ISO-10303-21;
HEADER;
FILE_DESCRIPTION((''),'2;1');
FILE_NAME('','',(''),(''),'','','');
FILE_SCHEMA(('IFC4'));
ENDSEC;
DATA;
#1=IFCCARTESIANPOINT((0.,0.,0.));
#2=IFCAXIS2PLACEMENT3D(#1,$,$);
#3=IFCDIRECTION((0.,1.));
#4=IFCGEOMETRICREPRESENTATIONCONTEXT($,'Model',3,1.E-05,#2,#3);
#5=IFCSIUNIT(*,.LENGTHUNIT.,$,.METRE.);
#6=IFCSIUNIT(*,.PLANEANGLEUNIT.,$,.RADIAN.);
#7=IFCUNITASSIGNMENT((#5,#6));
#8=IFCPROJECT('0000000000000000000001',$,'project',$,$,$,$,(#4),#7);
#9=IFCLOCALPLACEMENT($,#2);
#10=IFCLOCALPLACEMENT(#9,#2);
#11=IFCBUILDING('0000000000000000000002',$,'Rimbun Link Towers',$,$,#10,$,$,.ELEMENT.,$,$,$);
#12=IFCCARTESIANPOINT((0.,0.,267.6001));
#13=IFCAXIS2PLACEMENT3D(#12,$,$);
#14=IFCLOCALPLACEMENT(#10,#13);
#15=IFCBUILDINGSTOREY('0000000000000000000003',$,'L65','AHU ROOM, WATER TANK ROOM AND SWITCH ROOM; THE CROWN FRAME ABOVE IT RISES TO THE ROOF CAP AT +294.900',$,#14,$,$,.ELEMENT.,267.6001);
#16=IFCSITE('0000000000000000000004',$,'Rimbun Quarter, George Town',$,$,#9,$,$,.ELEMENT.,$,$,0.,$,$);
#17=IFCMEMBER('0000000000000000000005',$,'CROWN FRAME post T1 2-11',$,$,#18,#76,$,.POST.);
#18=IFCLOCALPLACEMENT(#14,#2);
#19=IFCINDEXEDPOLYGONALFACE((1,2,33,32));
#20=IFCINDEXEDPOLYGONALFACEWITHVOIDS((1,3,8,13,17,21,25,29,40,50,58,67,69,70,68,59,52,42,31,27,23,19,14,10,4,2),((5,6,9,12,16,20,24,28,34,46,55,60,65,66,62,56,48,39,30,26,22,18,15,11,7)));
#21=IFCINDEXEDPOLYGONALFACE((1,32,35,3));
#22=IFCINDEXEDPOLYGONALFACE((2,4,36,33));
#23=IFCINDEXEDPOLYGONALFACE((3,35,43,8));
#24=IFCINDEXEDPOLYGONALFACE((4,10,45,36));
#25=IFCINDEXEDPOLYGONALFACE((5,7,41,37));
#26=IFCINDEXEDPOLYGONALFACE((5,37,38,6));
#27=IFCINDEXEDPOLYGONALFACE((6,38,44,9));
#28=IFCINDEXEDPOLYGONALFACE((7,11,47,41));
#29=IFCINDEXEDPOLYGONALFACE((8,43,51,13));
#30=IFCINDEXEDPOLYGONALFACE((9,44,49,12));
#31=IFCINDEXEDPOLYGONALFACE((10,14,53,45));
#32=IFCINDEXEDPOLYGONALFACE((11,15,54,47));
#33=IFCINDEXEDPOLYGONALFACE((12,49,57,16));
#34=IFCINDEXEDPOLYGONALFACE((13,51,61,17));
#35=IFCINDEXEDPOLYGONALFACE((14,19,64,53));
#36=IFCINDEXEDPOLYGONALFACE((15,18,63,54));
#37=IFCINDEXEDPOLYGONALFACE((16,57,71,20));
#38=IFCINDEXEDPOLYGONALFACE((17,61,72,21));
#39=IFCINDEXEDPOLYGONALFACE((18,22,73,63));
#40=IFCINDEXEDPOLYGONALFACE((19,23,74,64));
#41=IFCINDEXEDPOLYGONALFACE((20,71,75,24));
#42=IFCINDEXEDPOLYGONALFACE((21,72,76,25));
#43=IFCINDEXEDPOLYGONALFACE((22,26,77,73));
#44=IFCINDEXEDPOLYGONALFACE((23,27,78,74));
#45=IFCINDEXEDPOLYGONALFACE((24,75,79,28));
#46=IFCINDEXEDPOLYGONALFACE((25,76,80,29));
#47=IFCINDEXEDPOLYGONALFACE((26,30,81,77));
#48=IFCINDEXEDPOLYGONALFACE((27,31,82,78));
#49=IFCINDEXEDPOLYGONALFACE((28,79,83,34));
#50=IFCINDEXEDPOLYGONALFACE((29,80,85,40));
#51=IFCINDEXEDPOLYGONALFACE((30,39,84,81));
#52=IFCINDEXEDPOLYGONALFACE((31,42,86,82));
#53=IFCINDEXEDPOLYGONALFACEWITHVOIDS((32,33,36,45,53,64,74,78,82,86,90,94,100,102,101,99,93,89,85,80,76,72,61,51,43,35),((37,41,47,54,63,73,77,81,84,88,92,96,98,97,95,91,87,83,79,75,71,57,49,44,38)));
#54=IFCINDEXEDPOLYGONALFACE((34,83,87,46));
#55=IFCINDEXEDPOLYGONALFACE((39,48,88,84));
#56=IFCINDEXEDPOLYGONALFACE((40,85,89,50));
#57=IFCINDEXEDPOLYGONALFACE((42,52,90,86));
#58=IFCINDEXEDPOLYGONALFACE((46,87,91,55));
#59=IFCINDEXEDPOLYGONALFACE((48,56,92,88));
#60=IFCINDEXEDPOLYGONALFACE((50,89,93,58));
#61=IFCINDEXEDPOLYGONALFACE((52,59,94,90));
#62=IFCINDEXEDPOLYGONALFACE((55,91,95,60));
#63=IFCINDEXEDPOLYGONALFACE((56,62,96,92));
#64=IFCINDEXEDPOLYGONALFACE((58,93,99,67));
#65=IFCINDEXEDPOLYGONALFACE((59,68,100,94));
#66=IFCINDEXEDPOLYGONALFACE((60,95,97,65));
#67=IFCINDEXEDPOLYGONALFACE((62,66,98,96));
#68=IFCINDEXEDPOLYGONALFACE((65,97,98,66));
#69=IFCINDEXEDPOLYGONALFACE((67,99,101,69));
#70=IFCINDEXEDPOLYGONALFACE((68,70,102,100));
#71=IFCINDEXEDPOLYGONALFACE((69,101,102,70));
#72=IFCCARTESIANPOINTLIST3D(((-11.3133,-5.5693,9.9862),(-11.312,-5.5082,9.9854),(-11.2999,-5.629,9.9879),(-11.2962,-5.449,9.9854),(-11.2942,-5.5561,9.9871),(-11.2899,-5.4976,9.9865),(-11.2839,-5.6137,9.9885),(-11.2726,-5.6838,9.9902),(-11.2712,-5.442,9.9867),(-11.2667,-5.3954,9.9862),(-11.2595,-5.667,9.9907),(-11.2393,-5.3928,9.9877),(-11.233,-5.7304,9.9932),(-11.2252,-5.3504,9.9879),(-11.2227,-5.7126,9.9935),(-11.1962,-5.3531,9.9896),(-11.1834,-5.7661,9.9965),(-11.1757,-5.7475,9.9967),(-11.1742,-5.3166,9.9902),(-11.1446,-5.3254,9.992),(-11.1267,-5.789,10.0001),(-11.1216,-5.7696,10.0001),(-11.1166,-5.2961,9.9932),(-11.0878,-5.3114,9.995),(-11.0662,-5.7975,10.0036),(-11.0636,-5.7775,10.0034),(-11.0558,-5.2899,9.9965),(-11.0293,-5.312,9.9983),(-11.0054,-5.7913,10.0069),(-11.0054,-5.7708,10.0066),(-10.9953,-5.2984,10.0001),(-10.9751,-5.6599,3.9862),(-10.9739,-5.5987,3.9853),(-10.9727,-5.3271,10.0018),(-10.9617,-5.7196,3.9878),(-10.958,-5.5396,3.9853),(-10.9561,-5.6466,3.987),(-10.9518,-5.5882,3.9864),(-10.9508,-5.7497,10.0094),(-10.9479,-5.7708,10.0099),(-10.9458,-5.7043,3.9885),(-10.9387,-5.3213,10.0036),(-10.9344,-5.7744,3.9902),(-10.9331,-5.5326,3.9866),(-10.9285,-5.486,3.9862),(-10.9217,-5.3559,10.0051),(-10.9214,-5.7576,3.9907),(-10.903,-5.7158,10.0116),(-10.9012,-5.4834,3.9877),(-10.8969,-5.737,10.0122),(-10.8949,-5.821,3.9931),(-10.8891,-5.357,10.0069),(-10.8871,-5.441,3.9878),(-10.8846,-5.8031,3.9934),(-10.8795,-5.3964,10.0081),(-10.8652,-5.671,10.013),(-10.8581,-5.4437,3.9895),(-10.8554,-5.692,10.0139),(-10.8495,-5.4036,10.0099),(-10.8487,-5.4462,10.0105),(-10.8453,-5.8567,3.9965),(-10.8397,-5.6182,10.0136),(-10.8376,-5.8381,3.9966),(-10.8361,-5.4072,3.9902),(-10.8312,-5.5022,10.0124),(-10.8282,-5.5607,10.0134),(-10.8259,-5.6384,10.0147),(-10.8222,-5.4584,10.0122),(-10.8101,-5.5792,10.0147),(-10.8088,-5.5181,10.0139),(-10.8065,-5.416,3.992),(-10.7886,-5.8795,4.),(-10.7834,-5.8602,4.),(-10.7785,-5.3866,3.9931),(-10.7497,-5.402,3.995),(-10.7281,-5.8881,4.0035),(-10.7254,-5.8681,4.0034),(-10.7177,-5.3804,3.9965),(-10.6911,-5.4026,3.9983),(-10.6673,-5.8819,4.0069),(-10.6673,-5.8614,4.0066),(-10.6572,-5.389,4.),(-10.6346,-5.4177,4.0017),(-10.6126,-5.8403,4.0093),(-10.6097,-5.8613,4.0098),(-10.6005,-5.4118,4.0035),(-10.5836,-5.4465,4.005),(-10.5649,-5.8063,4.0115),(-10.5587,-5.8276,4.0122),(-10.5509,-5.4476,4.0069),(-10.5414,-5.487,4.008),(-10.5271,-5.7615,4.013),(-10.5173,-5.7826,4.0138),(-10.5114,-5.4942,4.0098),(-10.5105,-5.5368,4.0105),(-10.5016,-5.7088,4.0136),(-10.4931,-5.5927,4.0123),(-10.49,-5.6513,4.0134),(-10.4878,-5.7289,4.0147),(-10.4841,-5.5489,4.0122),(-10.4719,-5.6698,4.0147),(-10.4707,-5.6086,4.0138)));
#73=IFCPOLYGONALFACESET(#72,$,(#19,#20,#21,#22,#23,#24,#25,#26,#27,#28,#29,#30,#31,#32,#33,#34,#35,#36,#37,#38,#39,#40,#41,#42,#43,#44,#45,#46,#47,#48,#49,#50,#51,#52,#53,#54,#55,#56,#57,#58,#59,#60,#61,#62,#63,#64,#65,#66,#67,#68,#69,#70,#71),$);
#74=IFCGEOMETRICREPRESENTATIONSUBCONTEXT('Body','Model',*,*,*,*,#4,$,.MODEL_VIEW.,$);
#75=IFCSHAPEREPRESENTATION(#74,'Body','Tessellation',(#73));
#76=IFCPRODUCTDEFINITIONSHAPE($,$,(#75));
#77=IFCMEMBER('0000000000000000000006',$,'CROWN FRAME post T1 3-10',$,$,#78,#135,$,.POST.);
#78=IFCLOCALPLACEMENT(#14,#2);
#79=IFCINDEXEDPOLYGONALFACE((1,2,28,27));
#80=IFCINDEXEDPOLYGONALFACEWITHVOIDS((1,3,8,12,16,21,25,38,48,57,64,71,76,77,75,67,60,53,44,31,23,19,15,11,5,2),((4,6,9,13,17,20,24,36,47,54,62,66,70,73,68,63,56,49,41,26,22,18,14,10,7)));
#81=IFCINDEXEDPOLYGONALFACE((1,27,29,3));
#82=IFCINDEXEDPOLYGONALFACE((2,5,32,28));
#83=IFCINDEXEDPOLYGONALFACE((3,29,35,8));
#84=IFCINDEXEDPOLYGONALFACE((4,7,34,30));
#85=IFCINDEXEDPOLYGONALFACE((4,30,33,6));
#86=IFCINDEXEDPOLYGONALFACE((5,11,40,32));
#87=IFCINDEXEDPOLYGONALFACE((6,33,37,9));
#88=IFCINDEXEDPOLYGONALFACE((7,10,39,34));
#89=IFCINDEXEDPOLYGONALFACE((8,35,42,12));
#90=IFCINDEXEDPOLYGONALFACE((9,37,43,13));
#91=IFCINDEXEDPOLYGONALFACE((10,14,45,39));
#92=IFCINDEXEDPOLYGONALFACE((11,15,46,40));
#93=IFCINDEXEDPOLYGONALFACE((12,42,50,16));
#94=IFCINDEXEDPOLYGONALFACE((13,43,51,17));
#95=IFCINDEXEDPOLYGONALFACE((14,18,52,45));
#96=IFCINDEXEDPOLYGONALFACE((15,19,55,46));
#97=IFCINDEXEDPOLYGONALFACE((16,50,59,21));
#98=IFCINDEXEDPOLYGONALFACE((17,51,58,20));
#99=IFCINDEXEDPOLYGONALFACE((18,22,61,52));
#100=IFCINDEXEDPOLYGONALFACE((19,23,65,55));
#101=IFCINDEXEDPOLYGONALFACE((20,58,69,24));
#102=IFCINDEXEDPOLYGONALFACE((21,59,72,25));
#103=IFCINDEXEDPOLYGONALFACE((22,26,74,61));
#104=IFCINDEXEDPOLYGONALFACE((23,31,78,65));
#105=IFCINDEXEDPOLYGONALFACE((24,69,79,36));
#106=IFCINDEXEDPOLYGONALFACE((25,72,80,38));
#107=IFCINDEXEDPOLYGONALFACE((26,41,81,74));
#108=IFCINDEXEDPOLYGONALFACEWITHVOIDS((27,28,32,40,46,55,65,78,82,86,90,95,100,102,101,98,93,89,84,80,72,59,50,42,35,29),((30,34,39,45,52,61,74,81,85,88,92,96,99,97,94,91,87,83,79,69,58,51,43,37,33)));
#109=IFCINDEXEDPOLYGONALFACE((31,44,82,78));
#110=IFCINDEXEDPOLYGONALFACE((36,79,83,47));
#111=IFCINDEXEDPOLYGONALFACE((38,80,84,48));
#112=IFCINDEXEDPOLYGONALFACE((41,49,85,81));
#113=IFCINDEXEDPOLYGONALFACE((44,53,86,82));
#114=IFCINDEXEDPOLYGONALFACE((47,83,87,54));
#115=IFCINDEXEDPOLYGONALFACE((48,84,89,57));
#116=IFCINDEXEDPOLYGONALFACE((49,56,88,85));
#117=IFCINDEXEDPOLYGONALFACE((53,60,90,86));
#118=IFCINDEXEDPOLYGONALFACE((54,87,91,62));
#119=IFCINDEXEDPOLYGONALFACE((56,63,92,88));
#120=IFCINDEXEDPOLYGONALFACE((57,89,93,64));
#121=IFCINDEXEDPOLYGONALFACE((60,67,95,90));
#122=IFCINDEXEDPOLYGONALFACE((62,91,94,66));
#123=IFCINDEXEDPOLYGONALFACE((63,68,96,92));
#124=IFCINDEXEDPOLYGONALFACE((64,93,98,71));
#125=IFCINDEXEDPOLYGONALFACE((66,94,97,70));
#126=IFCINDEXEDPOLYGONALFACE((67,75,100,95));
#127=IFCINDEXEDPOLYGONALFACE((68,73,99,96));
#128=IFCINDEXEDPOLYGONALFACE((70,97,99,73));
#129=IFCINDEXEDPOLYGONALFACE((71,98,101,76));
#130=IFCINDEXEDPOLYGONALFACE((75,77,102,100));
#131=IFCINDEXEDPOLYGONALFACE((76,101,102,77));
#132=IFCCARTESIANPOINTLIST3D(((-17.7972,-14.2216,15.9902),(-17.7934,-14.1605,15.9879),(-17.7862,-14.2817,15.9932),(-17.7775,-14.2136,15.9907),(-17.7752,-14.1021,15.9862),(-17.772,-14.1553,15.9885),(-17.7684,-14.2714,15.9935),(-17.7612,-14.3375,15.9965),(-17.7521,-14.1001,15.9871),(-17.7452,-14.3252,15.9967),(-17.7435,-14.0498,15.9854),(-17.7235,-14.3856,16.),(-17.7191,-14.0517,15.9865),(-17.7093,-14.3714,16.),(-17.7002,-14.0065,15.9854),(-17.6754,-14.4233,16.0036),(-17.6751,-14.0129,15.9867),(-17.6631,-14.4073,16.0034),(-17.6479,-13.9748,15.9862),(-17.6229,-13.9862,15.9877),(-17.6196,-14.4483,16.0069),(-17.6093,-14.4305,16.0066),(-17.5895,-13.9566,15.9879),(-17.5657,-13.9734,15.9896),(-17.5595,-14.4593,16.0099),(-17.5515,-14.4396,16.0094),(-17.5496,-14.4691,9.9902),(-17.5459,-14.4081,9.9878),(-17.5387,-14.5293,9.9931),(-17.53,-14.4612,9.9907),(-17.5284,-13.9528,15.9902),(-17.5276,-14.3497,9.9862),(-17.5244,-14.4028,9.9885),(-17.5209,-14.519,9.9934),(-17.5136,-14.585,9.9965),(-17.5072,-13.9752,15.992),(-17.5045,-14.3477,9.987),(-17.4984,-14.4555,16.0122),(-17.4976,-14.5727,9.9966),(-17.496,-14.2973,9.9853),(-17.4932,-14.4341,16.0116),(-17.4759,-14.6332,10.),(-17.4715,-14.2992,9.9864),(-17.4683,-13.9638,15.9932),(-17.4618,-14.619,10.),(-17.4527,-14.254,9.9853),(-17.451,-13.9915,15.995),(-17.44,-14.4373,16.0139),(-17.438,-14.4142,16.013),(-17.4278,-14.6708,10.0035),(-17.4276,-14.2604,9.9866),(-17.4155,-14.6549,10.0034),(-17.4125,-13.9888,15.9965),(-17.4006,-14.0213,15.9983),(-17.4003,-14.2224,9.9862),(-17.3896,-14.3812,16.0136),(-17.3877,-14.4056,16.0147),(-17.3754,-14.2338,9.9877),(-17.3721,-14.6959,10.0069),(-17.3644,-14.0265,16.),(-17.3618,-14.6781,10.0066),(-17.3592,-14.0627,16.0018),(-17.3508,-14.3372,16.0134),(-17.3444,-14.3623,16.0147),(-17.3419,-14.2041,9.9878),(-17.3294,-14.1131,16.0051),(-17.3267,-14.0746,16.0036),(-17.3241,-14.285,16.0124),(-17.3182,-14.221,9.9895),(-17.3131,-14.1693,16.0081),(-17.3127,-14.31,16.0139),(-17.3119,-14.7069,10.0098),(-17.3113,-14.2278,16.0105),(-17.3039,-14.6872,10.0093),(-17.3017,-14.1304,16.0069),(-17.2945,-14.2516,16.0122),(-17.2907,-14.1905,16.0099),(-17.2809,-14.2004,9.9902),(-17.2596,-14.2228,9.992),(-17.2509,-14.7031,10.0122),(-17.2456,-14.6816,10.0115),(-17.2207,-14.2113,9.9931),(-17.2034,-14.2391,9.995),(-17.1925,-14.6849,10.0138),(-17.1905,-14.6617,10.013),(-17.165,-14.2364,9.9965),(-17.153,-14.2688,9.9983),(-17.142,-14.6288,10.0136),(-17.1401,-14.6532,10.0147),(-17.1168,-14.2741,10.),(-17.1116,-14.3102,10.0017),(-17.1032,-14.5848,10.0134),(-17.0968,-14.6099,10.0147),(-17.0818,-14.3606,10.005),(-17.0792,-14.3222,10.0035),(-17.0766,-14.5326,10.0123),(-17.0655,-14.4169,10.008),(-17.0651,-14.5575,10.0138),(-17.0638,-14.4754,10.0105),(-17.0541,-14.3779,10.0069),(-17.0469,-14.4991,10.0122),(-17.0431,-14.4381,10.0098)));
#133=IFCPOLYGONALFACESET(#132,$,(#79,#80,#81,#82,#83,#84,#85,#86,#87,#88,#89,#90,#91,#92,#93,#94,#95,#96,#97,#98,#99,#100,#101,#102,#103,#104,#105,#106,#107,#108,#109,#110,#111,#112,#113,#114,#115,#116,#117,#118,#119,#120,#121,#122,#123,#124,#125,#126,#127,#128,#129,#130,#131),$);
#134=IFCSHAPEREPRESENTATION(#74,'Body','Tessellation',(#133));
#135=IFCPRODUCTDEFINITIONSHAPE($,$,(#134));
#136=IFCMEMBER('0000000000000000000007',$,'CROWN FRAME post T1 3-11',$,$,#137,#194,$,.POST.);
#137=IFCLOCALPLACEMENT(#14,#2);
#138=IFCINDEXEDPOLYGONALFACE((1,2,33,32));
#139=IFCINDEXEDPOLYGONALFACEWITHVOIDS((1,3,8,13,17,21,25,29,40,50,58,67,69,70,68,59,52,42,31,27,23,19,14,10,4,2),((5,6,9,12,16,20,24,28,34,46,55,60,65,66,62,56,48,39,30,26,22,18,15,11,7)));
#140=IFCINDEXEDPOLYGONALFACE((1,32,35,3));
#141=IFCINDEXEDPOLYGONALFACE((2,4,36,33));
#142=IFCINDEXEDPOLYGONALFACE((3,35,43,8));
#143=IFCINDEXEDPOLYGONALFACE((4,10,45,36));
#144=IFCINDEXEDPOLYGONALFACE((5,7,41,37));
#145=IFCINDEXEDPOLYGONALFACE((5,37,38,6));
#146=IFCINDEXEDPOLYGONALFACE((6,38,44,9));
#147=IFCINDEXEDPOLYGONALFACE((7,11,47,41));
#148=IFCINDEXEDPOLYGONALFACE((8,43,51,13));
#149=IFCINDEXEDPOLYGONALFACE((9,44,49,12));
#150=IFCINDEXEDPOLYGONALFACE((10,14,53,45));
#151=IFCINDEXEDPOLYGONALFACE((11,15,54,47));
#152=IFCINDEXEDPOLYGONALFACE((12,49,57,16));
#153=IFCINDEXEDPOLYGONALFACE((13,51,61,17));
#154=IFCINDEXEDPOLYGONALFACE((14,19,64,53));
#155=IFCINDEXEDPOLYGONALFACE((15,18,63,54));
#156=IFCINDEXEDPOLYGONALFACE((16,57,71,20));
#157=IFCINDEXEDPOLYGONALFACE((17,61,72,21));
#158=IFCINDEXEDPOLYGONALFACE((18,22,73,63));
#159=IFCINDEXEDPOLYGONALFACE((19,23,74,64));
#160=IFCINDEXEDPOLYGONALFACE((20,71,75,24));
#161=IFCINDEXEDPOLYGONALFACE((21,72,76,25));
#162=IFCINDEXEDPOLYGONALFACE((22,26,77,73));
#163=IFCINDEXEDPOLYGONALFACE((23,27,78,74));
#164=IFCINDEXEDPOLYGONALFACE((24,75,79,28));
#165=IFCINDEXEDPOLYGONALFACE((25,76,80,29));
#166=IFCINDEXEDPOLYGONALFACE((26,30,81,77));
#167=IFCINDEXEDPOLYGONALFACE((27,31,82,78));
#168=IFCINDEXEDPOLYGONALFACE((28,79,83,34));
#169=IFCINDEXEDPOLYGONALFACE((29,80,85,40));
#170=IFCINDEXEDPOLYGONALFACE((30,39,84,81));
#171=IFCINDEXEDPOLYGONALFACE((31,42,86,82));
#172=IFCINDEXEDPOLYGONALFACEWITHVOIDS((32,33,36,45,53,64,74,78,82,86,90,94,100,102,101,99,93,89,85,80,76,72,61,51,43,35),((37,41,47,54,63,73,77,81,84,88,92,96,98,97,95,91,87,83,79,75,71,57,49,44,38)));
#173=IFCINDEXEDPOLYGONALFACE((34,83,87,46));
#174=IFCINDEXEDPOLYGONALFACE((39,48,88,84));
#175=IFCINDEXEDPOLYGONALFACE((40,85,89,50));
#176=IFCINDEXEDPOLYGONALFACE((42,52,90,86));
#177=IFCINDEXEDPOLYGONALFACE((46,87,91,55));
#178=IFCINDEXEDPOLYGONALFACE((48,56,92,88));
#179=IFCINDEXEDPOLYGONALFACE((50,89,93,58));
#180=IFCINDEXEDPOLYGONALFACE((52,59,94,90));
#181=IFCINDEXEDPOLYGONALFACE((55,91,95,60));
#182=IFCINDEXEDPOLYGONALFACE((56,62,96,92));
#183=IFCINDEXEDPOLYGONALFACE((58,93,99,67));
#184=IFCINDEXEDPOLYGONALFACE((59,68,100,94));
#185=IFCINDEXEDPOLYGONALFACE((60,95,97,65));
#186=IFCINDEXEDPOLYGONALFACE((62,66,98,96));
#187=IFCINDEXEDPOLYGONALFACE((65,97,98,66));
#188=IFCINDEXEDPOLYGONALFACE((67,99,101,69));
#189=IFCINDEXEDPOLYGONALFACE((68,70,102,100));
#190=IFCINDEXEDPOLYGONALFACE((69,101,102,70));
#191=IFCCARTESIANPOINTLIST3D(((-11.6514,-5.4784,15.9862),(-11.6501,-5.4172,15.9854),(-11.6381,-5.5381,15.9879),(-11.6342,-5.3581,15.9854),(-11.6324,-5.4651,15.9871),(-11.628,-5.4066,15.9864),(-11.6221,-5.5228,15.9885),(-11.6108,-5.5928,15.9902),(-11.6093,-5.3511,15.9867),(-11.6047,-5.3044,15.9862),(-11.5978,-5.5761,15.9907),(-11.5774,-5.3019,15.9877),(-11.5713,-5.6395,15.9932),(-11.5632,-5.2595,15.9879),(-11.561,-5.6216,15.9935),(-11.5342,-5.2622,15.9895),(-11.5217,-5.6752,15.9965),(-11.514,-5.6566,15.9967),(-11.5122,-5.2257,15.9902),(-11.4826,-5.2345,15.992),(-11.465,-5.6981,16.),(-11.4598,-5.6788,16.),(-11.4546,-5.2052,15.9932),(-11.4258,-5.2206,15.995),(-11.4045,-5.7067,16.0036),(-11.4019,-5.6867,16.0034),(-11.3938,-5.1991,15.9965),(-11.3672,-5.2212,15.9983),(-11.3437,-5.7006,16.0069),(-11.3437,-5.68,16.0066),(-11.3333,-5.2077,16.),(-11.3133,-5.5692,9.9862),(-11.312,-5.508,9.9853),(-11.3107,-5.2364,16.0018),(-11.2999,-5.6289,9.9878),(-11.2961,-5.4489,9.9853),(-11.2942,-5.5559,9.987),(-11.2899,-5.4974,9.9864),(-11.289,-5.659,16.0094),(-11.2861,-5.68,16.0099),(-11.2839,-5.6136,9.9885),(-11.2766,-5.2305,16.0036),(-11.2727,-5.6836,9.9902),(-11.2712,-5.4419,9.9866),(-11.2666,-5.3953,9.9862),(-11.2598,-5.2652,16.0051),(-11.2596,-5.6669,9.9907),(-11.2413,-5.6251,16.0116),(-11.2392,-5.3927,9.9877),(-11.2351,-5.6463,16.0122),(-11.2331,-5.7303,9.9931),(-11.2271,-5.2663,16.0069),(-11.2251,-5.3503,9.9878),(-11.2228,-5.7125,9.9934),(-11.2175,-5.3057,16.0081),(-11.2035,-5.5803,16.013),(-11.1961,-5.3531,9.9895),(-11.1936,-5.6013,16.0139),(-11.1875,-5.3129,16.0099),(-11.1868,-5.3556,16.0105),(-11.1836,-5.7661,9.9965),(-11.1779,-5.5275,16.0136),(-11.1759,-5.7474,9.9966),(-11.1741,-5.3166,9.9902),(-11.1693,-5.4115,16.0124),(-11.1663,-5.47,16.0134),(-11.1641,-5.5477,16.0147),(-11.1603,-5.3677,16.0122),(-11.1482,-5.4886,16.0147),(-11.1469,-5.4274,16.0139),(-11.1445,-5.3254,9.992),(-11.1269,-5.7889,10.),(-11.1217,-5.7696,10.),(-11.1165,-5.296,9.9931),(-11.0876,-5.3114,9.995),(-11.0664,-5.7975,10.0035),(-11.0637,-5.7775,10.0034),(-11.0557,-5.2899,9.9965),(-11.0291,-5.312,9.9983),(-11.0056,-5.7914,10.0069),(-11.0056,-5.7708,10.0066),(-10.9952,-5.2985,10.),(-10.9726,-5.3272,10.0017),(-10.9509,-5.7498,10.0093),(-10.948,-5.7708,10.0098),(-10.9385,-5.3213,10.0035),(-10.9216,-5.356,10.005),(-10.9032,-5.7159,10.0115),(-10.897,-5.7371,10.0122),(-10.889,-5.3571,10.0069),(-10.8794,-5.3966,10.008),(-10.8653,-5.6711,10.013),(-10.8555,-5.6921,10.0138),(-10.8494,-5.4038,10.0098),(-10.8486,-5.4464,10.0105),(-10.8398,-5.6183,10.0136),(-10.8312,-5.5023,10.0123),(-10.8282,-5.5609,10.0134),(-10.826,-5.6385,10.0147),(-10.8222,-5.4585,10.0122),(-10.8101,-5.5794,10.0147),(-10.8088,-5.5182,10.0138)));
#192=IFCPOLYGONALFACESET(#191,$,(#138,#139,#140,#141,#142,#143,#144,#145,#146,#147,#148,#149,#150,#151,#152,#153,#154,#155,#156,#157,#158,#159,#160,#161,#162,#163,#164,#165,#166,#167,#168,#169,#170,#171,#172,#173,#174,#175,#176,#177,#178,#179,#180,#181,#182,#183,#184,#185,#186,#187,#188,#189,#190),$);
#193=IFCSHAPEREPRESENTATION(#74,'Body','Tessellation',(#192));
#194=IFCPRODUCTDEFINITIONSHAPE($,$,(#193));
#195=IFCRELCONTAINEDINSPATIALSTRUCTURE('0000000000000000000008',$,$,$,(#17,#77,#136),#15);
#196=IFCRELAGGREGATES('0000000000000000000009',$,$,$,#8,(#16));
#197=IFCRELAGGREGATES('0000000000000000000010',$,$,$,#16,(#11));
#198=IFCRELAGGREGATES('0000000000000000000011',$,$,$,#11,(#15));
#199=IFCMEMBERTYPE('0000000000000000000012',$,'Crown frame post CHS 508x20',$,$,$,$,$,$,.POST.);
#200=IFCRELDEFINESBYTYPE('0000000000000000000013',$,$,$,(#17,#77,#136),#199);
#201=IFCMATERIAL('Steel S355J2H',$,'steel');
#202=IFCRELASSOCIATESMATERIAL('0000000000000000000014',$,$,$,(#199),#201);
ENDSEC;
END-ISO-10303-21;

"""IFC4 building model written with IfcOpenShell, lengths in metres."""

from ifc_helpers import new_model, si_unit, direction, frame, origin, origin_2d, place, context, subcontext, project, spatial, hollow_circle, extrude, material, material_profile, profile_set, type_object, element, save


model = new_model("IFC4")

# Units and contexts
model_context = context("Model", 3, precision=1e-05, world=origin(), true_north=direction((0.0, 1.0)))
body_context = subcontext(model_context, "Body", "Model", "MODEL_VIEW")
ifc_project = project(units=[si_unit("LENGTHUNIT", "METRE"), si_unit("PLANEANGLEUNIT", "RADIAN")], contexts=[model_context])

# Site, building, storey
site_placement = place(None, origin())
site = spatial("IfcSite", under=ifc_project, at=site_placement, Name="Rimbun Quarter, George Town", CompositionType="ELEMENT", RefElevation=0.0)
building_placement = place(site_placement, origin())
building = spatial("IfcBuilding", under=site, at=building_placement, Name="Rimbun Link Towers", CompositionType="ELEMENT")
storey_placement = place(building_placement, frame((0.0, 0.0, 267.6001)))
storey = spatial("IfcBuildingStorey", under=building, at=storey_placement, Name="L65", Description="AHU ROOM, WATER TANK ROOM AND SWITCH ROOM; THE CROWN FRAME ABOVE IT RISES TO THE ROOF CAP AT +294.900", CompositionType="ELEMENT", Elevation=267.6001)

# Members
ifc_material_1 = material(Name="Steel S355J2H", Category="steel")
ifc_material_profile_1 = material_profile(ifc_material_1, hollow_circle(Radius=0.2539, WallThickness=0.02, at=origin_2d()), Name="Crown frame post CHS 508x20")
ifc_profile_set_1 = profile_set([ifc_material_profile_1], Name="Steel S355J2H")
member_type_1 = type_object("IfcMemberType", Name="Crown frame post CHS 508x20", PredefinedType="POST", material=ifc_profile_set_1)
for number, where, z_axis, x_axis, name in (
    (1, (-10.7229, -5.6343, 4.0), (-0.05626, 0.01507, 0.998302), (-0.258748, -0.965945, 0.0), "CROWN FRAME post T1 2-11"),
    (2, (-17.2964, -14.4536, 10.0), (-0.04119, 0.04119, 0.998302), (-0.707107, -0.707107, 0.0), "CROWN FRAME post T1 3-10"),
    (3, (-11.061, -5.5437, 10.0), (-0.05626, 0.015111, 0.998302), (-0.259398, -0.96577, 0.0), "CROWN FRAME post T1 3-11"),
):
    element("IfcMember", number, at=place(storey_placement, frame(where, z_axis=z_axis, x_axis=x_axis)), inside=storey, type_object=member_type_1, Name=name, PredefinedType="POST", context=body_context, shape_type="SweptSolid", body=[
        extrude(hollow_circle(Radius=0.2539, WallThickness=0.02, at=origin_2d()), origin(), (0.0, 0.0, 1.0), 6.0103),
    ])

save(model, "model.ifc")
